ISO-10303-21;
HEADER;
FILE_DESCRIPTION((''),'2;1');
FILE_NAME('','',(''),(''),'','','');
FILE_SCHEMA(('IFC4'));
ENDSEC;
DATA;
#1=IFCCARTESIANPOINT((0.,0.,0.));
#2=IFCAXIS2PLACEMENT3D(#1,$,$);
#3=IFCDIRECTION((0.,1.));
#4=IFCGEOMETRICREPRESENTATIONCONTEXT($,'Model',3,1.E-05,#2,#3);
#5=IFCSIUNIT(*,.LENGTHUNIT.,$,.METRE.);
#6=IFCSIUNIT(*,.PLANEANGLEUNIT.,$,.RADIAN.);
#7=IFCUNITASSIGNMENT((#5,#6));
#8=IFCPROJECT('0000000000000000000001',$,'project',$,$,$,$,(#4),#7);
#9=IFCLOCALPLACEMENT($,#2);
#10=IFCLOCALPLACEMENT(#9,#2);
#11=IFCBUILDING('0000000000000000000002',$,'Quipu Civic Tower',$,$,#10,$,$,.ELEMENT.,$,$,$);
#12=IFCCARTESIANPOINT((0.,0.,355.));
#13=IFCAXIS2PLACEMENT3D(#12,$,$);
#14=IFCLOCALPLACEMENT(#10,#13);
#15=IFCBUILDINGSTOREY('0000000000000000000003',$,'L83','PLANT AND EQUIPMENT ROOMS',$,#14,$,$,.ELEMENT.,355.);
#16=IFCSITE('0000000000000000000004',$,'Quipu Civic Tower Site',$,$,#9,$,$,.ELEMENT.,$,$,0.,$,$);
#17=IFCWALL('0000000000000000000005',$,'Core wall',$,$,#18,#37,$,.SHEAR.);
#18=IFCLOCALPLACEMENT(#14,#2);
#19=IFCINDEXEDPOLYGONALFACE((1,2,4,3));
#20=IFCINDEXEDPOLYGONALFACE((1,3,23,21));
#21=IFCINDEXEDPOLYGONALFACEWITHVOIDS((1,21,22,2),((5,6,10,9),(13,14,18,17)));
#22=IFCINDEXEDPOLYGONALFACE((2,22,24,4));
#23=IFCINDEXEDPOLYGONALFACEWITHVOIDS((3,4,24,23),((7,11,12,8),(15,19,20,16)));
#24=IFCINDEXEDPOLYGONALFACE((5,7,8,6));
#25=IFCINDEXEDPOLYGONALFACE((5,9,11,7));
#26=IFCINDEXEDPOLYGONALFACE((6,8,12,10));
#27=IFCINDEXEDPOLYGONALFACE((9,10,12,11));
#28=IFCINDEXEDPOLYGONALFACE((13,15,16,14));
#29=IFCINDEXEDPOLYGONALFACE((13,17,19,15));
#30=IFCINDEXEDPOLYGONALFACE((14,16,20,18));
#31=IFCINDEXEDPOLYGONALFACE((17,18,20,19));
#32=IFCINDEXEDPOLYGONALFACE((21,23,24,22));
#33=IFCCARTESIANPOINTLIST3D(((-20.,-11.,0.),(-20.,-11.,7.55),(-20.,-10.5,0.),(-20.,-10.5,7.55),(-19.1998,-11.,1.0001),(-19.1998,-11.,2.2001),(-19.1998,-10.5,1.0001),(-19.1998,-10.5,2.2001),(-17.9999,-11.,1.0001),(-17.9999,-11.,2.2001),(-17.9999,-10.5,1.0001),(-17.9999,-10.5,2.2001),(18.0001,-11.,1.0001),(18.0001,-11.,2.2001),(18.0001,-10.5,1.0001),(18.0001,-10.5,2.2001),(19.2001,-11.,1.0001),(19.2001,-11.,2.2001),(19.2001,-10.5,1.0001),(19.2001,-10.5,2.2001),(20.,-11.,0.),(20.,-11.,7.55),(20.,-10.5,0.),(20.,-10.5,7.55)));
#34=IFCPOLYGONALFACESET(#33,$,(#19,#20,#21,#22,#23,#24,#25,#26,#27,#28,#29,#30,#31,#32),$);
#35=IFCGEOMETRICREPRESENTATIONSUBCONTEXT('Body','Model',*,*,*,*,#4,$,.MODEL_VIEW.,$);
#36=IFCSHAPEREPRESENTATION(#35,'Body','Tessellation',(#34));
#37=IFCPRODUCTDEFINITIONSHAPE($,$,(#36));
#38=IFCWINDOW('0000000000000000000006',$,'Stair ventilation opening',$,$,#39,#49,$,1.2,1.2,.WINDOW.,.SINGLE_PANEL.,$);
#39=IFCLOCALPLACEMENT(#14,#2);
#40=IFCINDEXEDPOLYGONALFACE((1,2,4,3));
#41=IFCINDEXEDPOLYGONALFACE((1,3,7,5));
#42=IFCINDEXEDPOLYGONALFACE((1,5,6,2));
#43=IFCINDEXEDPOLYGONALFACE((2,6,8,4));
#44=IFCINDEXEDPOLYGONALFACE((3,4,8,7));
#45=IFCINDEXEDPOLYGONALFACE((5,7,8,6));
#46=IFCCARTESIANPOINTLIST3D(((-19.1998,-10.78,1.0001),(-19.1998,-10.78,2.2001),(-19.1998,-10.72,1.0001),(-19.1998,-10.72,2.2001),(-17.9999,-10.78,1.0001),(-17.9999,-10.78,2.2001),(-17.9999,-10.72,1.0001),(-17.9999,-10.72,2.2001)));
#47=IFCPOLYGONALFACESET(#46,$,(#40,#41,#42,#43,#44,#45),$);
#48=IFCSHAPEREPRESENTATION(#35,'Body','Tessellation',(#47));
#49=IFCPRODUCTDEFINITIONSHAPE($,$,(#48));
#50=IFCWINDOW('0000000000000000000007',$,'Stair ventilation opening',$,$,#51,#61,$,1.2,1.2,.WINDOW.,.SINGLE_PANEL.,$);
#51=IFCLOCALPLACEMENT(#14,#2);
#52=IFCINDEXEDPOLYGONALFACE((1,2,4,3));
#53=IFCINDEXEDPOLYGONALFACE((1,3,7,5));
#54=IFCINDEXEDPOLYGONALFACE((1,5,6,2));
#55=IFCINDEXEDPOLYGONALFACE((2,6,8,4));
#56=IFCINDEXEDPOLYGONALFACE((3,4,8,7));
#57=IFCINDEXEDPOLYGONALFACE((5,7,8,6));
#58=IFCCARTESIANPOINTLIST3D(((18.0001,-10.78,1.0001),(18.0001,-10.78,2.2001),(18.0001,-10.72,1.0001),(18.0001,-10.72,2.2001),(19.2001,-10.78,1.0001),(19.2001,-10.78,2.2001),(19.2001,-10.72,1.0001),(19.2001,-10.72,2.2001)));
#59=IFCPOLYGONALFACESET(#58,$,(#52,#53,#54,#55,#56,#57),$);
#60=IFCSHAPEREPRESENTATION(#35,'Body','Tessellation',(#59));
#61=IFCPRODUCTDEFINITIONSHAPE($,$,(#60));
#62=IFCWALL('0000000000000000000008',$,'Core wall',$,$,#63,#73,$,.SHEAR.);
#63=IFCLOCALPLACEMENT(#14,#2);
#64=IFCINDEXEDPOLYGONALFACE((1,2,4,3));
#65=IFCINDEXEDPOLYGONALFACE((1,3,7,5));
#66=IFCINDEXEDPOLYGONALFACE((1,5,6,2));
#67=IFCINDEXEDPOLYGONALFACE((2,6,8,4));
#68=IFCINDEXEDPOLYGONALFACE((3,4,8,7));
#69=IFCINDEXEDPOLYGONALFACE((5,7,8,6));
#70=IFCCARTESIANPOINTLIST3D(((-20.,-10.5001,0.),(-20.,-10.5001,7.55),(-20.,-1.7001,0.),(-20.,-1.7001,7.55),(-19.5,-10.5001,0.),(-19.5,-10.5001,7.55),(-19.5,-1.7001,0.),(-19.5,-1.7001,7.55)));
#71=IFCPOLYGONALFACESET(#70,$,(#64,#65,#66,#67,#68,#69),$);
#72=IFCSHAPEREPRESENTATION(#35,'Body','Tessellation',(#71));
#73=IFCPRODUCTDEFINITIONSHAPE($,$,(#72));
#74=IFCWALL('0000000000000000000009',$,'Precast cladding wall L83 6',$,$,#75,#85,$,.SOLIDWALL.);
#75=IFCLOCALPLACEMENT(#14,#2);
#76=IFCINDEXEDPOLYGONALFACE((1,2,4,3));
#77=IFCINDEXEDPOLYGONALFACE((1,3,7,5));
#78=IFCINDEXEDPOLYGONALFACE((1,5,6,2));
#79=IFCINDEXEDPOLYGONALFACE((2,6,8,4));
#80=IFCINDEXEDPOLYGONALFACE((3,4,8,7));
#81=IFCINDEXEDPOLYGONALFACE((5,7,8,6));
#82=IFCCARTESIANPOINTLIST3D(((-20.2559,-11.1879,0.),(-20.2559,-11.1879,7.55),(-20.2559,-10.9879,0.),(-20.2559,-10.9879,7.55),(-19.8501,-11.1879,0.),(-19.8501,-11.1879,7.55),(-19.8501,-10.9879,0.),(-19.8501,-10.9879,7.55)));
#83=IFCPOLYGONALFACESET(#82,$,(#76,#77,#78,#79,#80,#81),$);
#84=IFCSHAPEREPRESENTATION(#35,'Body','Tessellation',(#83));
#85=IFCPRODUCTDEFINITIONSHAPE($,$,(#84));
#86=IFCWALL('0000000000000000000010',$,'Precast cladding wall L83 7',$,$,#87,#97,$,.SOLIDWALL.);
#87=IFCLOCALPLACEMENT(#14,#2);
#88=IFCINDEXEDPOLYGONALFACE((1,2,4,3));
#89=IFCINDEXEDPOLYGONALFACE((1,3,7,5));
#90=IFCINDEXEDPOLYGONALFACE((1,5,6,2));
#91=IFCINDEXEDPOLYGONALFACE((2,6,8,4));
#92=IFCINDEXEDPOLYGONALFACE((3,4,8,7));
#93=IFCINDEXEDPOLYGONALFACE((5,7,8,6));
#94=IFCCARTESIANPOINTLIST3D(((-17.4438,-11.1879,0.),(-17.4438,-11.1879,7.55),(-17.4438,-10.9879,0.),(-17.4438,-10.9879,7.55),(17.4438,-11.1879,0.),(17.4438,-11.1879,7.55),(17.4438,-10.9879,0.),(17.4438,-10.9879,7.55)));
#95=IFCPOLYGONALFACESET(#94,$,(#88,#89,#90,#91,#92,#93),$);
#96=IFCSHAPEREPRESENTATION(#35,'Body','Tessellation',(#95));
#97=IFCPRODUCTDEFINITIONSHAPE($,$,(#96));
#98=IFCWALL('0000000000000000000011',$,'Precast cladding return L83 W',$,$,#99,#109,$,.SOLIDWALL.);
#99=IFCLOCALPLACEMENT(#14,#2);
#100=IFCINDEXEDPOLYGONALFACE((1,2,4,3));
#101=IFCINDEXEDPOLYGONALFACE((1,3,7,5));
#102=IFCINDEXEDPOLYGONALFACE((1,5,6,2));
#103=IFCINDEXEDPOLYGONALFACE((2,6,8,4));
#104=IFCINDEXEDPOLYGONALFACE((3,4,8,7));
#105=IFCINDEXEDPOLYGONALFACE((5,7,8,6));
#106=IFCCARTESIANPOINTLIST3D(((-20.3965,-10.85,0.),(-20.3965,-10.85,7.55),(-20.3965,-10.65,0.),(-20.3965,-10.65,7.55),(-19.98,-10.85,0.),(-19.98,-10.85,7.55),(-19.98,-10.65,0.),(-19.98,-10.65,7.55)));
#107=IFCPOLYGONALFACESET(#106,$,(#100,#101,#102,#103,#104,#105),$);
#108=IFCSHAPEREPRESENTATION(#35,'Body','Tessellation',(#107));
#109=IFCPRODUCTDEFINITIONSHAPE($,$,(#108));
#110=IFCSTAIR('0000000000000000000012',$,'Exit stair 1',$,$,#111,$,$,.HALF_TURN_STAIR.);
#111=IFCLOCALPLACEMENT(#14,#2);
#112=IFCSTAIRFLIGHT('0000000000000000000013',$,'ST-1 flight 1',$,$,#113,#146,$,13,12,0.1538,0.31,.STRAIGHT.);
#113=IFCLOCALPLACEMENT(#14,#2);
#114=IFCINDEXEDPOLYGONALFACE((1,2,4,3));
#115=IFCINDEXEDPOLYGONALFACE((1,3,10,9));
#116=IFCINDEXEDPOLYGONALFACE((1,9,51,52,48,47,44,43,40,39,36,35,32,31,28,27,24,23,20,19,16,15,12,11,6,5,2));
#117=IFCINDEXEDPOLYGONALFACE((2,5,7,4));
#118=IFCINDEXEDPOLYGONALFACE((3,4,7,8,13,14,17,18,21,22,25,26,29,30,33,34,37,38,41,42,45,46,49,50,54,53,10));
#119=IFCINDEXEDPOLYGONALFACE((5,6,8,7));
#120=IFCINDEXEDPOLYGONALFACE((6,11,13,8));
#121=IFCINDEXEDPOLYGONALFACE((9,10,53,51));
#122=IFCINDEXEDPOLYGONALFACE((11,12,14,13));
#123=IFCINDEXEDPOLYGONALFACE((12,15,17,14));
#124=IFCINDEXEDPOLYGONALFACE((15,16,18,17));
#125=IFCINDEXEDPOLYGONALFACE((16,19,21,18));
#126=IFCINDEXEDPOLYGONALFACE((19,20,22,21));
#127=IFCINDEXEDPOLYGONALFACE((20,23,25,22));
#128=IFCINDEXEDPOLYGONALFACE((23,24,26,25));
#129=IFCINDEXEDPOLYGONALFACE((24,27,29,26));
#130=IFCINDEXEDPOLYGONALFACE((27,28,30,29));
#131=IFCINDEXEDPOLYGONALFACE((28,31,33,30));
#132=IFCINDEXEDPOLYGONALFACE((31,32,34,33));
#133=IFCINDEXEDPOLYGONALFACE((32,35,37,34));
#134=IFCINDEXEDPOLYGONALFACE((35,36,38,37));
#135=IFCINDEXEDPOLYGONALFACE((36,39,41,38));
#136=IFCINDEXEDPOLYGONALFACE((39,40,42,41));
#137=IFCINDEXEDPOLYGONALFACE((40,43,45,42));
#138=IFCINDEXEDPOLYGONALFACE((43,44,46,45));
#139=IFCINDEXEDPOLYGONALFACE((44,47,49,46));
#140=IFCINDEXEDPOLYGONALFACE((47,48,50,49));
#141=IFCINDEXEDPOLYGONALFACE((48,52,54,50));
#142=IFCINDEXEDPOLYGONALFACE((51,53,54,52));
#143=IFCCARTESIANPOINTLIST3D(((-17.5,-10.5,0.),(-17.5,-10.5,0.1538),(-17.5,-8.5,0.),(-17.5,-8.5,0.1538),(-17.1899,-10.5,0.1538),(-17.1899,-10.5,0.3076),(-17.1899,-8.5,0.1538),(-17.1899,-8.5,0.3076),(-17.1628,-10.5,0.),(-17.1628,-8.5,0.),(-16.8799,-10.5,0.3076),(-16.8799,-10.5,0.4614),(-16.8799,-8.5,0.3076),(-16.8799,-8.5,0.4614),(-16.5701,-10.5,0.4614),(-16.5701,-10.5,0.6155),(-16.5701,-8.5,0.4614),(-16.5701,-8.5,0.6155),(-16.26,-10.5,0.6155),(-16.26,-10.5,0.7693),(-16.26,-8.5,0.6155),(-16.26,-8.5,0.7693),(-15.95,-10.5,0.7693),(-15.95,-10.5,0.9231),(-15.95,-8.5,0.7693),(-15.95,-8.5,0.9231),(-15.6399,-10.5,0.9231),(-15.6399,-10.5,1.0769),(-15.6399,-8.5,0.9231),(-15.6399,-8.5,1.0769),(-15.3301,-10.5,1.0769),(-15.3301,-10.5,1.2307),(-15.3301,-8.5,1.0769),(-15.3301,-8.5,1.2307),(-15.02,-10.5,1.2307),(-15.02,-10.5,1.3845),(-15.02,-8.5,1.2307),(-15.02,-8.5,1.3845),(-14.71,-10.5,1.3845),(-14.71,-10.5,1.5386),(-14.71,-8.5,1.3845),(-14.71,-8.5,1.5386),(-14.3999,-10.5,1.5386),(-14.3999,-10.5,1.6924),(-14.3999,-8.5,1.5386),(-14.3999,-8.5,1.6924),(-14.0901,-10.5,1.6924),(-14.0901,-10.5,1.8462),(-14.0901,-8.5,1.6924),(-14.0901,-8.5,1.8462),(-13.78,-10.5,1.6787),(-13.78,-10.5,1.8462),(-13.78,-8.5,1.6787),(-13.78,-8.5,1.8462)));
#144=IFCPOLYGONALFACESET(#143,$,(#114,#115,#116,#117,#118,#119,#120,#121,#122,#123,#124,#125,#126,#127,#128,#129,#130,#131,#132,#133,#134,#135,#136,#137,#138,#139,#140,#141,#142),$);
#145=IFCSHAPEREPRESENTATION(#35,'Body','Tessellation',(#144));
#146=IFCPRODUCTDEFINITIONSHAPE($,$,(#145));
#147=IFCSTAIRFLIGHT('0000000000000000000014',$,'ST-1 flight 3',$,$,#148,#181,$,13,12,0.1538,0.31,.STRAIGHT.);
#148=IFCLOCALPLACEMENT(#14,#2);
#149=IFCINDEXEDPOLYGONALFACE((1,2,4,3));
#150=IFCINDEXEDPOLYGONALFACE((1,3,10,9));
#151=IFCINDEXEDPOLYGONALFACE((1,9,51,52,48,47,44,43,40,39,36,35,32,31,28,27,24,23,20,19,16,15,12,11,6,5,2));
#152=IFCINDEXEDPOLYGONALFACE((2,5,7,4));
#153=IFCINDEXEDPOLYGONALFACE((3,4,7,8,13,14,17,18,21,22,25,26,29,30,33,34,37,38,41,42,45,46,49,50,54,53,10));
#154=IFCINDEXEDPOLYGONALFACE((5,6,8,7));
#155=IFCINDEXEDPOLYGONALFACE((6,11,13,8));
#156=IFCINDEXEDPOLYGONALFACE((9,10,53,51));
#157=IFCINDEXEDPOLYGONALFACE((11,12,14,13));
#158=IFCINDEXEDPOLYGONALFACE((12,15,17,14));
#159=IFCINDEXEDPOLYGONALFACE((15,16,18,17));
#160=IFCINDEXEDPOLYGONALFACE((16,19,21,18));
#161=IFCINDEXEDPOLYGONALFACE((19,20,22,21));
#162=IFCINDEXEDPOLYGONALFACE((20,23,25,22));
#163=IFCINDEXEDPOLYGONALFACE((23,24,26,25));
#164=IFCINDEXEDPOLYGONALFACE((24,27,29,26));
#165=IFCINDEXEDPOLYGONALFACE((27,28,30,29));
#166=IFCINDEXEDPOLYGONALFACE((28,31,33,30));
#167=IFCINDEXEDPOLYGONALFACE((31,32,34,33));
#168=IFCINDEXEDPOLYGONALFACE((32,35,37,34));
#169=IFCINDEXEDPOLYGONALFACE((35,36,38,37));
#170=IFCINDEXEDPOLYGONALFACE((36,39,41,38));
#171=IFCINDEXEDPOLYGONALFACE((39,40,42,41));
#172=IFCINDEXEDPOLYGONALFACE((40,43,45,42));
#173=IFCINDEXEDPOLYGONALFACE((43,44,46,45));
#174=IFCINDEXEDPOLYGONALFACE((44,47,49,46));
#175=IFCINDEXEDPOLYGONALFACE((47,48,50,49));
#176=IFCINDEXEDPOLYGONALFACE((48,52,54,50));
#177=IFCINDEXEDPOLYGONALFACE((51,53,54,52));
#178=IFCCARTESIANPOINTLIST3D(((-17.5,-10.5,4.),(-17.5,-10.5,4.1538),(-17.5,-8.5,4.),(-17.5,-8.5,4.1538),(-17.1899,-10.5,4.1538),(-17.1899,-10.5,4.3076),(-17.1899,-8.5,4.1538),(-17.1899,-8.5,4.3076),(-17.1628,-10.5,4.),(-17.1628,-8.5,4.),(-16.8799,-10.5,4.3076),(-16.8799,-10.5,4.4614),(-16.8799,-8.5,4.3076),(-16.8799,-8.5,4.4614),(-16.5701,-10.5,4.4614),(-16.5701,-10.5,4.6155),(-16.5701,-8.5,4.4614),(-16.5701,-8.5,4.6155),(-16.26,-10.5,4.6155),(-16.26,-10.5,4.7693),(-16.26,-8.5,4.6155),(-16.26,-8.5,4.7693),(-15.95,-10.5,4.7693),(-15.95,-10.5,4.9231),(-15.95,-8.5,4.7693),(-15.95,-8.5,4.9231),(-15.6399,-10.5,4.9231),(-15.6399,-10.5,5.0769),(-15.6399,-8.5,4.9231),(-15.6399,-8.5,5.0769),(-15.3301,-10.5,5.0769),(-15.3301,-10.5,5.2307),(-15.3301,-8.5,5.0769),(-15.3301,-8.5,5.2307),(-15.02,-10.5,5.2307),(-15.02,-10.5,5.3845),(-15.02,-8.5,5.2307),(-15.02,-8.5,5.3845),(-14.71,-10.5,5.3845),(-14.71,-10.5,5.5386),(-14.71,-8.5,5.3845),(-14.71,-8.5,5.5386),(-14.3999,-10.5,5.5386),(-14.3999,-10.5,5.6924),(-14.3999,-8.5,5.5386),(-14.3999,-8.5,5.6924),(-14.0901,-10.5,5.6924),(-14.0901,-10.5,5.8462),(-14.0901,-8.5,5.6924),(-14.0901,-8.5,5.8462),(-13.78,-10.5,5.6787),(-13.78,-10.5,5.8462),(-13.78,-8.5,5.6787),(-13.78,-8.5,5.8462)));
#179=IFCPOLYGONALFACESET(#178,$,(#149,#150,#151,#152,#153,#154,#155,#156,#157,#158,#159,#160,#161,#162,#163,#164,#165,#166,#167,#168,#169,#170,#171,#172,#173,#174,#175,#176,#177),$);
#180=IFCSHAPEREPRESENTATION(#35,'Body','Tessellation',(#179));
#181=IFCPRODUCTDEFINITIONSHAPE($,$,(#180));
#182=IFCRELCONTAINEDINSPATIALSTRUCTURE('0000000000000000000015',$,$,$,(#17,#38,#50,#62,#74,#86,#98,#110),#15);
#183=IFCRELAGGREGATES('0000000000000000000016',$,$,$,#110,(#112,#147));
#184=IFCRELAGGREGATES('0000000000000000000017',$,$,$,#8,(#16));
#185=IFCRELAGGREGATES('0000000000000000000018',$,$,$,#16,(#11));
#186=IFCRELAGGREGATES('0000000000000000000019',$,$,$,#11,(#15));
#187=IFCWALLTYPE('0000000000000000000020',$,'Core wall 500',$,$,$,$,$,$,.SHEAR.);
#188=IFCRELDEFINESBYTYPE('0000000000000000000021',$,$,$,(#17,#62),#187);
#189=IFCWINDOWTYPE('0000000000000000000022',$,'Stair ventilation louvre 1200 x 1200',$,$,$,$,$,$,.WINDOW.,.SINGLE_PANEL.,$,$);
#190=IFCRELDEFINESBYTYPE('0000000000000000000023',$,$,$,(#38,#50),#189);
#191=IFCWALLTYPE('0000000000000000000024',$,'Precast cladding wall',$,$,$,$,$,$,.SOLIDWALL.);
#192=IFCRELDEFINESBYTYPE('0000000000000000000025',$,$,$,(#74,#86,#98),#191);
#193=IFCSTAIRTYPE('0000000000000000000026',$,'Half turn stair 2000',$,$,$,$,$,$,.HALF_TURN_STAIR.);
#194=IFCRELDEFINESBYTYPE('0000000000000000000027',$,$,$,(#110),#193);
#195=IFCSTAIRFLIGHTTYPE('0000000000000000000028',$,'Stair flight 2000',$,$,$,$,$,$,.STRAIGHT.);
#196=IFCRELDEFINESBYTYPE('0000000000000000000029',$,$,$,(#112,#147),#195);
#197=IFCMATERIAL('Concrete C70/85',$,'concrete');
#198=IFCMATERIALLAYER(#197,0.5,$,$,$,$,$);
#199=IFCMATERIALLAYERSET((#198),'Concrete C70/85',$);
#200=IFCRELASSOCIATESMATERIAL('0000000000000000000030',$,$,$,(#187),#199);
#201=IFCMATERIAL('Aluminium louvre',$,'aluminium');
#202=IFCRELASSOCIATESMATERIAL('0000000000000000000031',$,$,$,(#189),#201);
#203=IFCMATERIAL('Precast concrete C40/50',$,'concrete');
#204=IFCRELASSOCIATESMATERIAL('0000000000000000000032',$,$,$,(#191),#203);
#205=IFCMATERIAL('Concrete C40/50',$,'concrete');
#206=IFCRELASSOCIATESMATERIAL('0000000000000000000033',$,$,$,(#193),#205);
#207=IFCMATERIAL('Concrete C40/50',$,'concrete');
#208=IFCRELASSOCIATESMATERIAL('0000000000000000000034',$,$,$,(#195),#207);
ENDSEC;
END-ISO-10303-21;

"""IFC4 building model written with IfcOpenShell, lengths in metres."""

from ifc_helpers import new_model, si_unit, direction, frame, frame_2d, origin, place, context, subcontext, project, spatial, polyline, rectangle, outline, extrude, material, layer, layer_set, type_object, element, fill, aggregate, save


model = new_model("IFC4")

# Units and contexts
model_context = context("Model", 3, precision=1e-05, world=origin(), true_north=direction((0.0, 1.0)))
body_context = subcontext(model_context, "Body", "Model", "MODEL_VIEW")
ifc_project = project(units=[si_unit("LENGTHUNIT", "METRE"), si_unit("PLANEANGLEUNIT", "RADIAN")], contexts=[model_context])

# Site, building, storey
site_placement = place(None, origin())
site = spatial("IfcSite", under=ifc_project, at=site_placement, Name="Quipu Civic Tower Site", CompositionType="ELEMENT", RefElevation=0.0)
building_placement = place(site_placement, origin())
building = spatial("IfcBuilding", under=site, at=building_placement, Name="Quipu Civic Tower", CompositionType="ELEMENT")
storey_placement = place(building_placement, frame((0.0, 0.0, 355.0)))
storey = spatial("IfcBuildingStorey", under=building, at=storey_placement, Name="L83", Description="PLANT AND EQUIPMENT ROOMS", CompositionType="ELEMENT", Elevation=355.0)

# Wall, openings, windows
ifc_material_1 = material(Name="Concrete C70/85", Category="concrete")
ifc_layer_1 = layer(ifc_material_1, 0.5)
ifc_layer_set_1 = layer_set([ifc_layer_1], Name="Concrete C70/85")
wall_type_1 = type_object("IfcWallType", Name="Core wall 500", PredefinedType="SHEAR", material=ifc_layer_set_1)
wall_1_placement = place(storey_placement, frame((-20.0, -10.75, 0.0), z_axis=(0.0, 0.0, 1.0), x_axis=(1.0, 0.0, 0.0)))
wall_1 = element("IfcWall", 1, at=wall_1_placement, inside=storey, type_object=wall_type_1, Name="Core wall", PredefinedType="SHEAR", context=body_context, shape_type="SweptSolid", body=[
    extrude(rectangle(XDim=40.0, YDim=0.5, at=frame_2d((20.0, 0.0))), origin(), (0.0, 0.0, 1.0), 7.55),
])
opening_1_placement = place(wall_1_placement, frame((0.8, 0.0, 1.0)))
opening_1 = element("IfcOpeningElement", 2, at=opening_1_placement, cuts=wall_1, PredefinedType="OPENING", context=body_context, shape_type="SweptSolid", body=[
    extrude(rectangle(XDim=1.2, YDim=1.2, at=frame_2d((0.6001, 0.6001))), frame((0.0, 0.26, 0.0), z_axis=(0.0, -1.0, 0.0), x_axis=(1.0, 0.0, 0.0)), (0.0, 0.0, 1.0), 0.52),
])
opening_2_placement = place(wall_1_placement, frame((38.0, 0.0, 1.0)))
opening_2 = element("IfcOpeningElement", 3, at=opening_2_placement, cuts=wall_1, PredefinedType="OPENING", context=body_context, shape_type="SweptSolid", body=[
    extrude(rectangle(XDim=1.2, YDim=1.2, at=frame_2d((0.6001, 0.6001))), frame((0.0, 0.26, 0.0), z_axis=(0.0, -1.0, 0.0), x_axis=(1.0, 0.0, 0.0)), (0.0, 0.0, 1.0), 0.52),
])
ifc_material_2 = material(Name="Aluminium louvre", Category="aluminium")
window_type = type_object("IfcWindowType", Name="Stair ventilation louvre 1200 x 1200", PartitioningType="SINGLE_PANEL", PredefinedType="WINDOW", material=ifc_material_2)
window_1_placement = place(opening_1_placement, origin())
window_1 = element("IfcWindow", 4, at=window_1_placement, inside=storey, type_object=window_type, Name="Stair ventilation opening", OverallHeight=1.2, OverallWidth=1.2, PartitioningType="SINGLE_PANEL", PredefinedType="WINDOW", context=body_context, shape_type="SweptSolid", body=[
    extrude(rectangle(XDim=1.2, YDim=1.2, at=frame_2d((0.6001, 0.6001))), frame((0.0, 0.03, 0.0), z_axis=(0.0, -1.0, 0.0), x_axis=(1.0, 0.0, 0.0)), (0.0, 0.0, 1.0), 0.0601),
])
fill(opening_1, window_1)
window_2_placement = place(opening_2_placement, origin())
window_2 = element("IfcWindow", 5, at=window_2_placement, inside=storey, type_object=window_type, Name="Stair ventilation opening", OverallHeight=1.2, OverallWidth=1.2, PartitioningType="SINGLE_PANEL", PredefinedType="WINDOW", context=body_context, shape_type="SweptSolid", body=[
    extrude(rectangle(XDim=1.2, YDim=1.2, at=frame_2d((0.6001, 0.6001))), frame((0.0, 0.03, 0.0), z_axis=(0.0, -1.0, 0.0), x_axis=(1.0, 0.0, 0.0)), (0.0, 0.0, 1.0), 0.0601),
])
fill(opening_2, window_2)

# Walls
wall_2_placement = place(storey_placement, frame((-19.75, -10.5, 0.0), z_axis=(0.0, 0.0, 1.0), x_axis=(0.0, 1.0, 0.0)))
element("IfcWall", 6, at=wall_2_placement, inside=storey, type_object=wall_type_1, Name="Core wall", PredefinedType="SHEAR", context=body_context, shape_type="SweptSolid", body=[
    extrude(rectangle(XDim=8.8, YDim=0.5, at=frame_2d((4.3999, 0.0))), origin(), (0.0, 0.0, 1.0), 7.55),
])
ifc_material_3 = material(Name="Precast concrete C40/50", Category="concrete")
wall_type_2 = type_object("IfcWallType", Name="Precast cladding wall", PredefinedType="SOLIDWALL", material=ifc_material_3)
wall_3_placement = place(storey_placement, frame((-20.2559, -11.0879, 0.0), z_axis=(0.0, 0.0, 1.0), x_axis=(1.0, 0.0, 0.0)))
element("IfcWall", 7, at=wall_3_placement, inside=storey, type_object=wall_type_2, Name="Precast cladding wall L83 6", PredefinedType="SOLIDWALL", context=body_context, shape_type="SweptSolid", body=[
    extrude(rectangle(XDim=0.4058, YDim=0.2, at=frame_2d((0.2029, 0.0))), origin(), (0.0, 0.0, 1.0), 7.55),
])
wall_4_placement = place(storey_placement, frame((-17.4438, -11.0879, 0.0), z_axis=(0.0, 0.0, 1.0), x_axis=(1.0, 0.0, 0.0)))
element("IfcWall", 8, at=wall_4_placement, inside=storey, type_object=wall_type_2, Name="Precast cladding wall L83 7", PredefinedType="SOLIDWALL", context=body_context, shape_type="SweptSolid", body=[
    extrude(rectangle(XDim=34.8877, YDim=0.2, at=frame_2d((17.4438, 0.0))), origin(), (0.0, 0.0, 1.0), 7.55),
])
wall_5_placement = place(storey_placement, frame((-19.98, -10.75, 0.0), z_axis=(0.0, 0.0, 1.0), x_axis=(-1.0, 0.0, 0.0)))
element("IfcWall", 9, at=wall_5_placement, inside=storey, type_object=wall_type_2, Name="Precast cladding return L83 W", PredefinedType="SOLIDWALL", context=body_context, shape_type="SweptSolid", body=[
    extrude(rectangle(XDim=0.4165, YDim=0.2, at=frame_2d((0.2083, 0.0))), origin(), (0.0, 0.0, 1.0), 7.55),
])

# Stair, stair flights
ifc_material_4 = material(Name="Concrete C40/50", Category="concrete")
stair_type = type_object("IfcStairType", Name="Half turn stair 2000", PredefinedType="HALF_TURN_STAIR", material=ifc_material_4)
stair_placement = place(storey_placement, origin())
stair = element("IfcStair", 10, at=stair_placement, inside=storey, type_object=stair_type, Name="Exit stair 1", PredefinedType="HALF_TURN_STAIR")
ifc_material_5 = material(Name="Concrete C40/50", Category="concrete")
stair_flight_type = type_object("IfcStairFlightType", Name="Stair flight 2000", PredefinedType="STRAIGHT", material=ifc_material_5)
stair_flight_1_placement = place(storey_placement, frame((-17.5, -9.5, 0.0), z_axis=(0.0, 0.0, 1.0), x_axis=(1.0, 0.0, 0.0)))
stair_flight_1 = element("IfcStairFlight", 11, at=stair_flight_1_placement, type_object=stair_flight_type, Name="ST-1 flight 1", NumberOfRisers=13, NumberOfTreads=12, PredefinedType="STRAIGHT", RiserHeight=0.1538, TreadLength=0.31, context=body_context, shape_type="SweptSolid", body=[
    extrude(outline(polyline([(0.0, 0.0), (0.0, 0.1538), (0.3101, 0.1538), (0.3101, 0.3076), (0.6201, 0.3076), (0.6201, 0.4614), (0.9299, 0.4614), (0.9299, 0.6155), (1.24, 0.6155), (1.24, 0.7693), (1.55, 0.7693), (1.55, 0.9231), (1.8601, 0.9231), (1.8601, 1.0769), (2.1699, 1.0769), (2.1699, 1.2307), (2.48, 1.2307), (2.48, 1.3845), (2.79, 1.3845), (2.79, 1.5386), (3.1001, 1.5386), (3.1001, 1.6924), (3.4099, 1.6924), (3.4099, 1.8462), (3.72, 1.8462), (3.72, 2.0), (3.72, 1.6787), (0.3372, 0.0), (0.0, 0.0)])), frame((0.0, 1.0, 0.0), z_axis=(0.0, -1.0, 0.0), x_axis=(1.0, 0.0, 0.0)), (0.0, 0.0, 1.0), 2.0),
])
stair_flight_2_placement = place(storey_placement, frame((-17.5, -9.5, 4.0), z_axis=(0.0, 0.0, 1.0), x_axis=(1.0, 0.0, 0.0)))
stair_flight_2 = element("IfcStairFlight", 12, at=stair_flight_2_placement, type_object=stair_flight_type, Name="ST-1 flight 3", NumberOfRisers=13, NumberOfTreads=12, PredefinedType="STRAIGHT", RiserHeight=0.1538, TreadLength=0.31, context=body_context, shape_type="SweptSolid", body=[
    extrude(outline(polyline([(0.0, 0.0), (0.0, 0.1538), (0.3101, 0.1538), (0.3101, 0.3076), (0.6201, 0.3076), (0.6201, 0.4614), (0.9299, 0.4614), (0.9299, 0.6155), (1.24, 0.6155), (1.24, 0.7693), (1.55, 0.7693), (1.55, 0.9231), (1.8601, 0.9231), (1.8601, 1.0769), (2.1699, 1.0769), (2.1699, 1.2307), (2.48, 1.2307), (2.48, 1.3845), (2.79, 1.3845), (2.79, 1.5386), (3.1001, 1.5386), (3.1001, 1.6924), (3.4099, 1.6924), (3.4099, 1.8462), (3.72, 1.8462), (3.72, 2.0), (3.72, 1.6787), (0.3372, 0.0), (0.0, 0.0)])), frame((0.0, 1.0, 0.0), z_axis=(0.0, -1.0, 0.0), x_axis=(1.0, 0.0, 0.0)), (0.0, 0.0, 1.0), 2.0),
])
aggregate(stair, [stair_flight_1, stair_flight_2])

save(model, "model.ifc")
